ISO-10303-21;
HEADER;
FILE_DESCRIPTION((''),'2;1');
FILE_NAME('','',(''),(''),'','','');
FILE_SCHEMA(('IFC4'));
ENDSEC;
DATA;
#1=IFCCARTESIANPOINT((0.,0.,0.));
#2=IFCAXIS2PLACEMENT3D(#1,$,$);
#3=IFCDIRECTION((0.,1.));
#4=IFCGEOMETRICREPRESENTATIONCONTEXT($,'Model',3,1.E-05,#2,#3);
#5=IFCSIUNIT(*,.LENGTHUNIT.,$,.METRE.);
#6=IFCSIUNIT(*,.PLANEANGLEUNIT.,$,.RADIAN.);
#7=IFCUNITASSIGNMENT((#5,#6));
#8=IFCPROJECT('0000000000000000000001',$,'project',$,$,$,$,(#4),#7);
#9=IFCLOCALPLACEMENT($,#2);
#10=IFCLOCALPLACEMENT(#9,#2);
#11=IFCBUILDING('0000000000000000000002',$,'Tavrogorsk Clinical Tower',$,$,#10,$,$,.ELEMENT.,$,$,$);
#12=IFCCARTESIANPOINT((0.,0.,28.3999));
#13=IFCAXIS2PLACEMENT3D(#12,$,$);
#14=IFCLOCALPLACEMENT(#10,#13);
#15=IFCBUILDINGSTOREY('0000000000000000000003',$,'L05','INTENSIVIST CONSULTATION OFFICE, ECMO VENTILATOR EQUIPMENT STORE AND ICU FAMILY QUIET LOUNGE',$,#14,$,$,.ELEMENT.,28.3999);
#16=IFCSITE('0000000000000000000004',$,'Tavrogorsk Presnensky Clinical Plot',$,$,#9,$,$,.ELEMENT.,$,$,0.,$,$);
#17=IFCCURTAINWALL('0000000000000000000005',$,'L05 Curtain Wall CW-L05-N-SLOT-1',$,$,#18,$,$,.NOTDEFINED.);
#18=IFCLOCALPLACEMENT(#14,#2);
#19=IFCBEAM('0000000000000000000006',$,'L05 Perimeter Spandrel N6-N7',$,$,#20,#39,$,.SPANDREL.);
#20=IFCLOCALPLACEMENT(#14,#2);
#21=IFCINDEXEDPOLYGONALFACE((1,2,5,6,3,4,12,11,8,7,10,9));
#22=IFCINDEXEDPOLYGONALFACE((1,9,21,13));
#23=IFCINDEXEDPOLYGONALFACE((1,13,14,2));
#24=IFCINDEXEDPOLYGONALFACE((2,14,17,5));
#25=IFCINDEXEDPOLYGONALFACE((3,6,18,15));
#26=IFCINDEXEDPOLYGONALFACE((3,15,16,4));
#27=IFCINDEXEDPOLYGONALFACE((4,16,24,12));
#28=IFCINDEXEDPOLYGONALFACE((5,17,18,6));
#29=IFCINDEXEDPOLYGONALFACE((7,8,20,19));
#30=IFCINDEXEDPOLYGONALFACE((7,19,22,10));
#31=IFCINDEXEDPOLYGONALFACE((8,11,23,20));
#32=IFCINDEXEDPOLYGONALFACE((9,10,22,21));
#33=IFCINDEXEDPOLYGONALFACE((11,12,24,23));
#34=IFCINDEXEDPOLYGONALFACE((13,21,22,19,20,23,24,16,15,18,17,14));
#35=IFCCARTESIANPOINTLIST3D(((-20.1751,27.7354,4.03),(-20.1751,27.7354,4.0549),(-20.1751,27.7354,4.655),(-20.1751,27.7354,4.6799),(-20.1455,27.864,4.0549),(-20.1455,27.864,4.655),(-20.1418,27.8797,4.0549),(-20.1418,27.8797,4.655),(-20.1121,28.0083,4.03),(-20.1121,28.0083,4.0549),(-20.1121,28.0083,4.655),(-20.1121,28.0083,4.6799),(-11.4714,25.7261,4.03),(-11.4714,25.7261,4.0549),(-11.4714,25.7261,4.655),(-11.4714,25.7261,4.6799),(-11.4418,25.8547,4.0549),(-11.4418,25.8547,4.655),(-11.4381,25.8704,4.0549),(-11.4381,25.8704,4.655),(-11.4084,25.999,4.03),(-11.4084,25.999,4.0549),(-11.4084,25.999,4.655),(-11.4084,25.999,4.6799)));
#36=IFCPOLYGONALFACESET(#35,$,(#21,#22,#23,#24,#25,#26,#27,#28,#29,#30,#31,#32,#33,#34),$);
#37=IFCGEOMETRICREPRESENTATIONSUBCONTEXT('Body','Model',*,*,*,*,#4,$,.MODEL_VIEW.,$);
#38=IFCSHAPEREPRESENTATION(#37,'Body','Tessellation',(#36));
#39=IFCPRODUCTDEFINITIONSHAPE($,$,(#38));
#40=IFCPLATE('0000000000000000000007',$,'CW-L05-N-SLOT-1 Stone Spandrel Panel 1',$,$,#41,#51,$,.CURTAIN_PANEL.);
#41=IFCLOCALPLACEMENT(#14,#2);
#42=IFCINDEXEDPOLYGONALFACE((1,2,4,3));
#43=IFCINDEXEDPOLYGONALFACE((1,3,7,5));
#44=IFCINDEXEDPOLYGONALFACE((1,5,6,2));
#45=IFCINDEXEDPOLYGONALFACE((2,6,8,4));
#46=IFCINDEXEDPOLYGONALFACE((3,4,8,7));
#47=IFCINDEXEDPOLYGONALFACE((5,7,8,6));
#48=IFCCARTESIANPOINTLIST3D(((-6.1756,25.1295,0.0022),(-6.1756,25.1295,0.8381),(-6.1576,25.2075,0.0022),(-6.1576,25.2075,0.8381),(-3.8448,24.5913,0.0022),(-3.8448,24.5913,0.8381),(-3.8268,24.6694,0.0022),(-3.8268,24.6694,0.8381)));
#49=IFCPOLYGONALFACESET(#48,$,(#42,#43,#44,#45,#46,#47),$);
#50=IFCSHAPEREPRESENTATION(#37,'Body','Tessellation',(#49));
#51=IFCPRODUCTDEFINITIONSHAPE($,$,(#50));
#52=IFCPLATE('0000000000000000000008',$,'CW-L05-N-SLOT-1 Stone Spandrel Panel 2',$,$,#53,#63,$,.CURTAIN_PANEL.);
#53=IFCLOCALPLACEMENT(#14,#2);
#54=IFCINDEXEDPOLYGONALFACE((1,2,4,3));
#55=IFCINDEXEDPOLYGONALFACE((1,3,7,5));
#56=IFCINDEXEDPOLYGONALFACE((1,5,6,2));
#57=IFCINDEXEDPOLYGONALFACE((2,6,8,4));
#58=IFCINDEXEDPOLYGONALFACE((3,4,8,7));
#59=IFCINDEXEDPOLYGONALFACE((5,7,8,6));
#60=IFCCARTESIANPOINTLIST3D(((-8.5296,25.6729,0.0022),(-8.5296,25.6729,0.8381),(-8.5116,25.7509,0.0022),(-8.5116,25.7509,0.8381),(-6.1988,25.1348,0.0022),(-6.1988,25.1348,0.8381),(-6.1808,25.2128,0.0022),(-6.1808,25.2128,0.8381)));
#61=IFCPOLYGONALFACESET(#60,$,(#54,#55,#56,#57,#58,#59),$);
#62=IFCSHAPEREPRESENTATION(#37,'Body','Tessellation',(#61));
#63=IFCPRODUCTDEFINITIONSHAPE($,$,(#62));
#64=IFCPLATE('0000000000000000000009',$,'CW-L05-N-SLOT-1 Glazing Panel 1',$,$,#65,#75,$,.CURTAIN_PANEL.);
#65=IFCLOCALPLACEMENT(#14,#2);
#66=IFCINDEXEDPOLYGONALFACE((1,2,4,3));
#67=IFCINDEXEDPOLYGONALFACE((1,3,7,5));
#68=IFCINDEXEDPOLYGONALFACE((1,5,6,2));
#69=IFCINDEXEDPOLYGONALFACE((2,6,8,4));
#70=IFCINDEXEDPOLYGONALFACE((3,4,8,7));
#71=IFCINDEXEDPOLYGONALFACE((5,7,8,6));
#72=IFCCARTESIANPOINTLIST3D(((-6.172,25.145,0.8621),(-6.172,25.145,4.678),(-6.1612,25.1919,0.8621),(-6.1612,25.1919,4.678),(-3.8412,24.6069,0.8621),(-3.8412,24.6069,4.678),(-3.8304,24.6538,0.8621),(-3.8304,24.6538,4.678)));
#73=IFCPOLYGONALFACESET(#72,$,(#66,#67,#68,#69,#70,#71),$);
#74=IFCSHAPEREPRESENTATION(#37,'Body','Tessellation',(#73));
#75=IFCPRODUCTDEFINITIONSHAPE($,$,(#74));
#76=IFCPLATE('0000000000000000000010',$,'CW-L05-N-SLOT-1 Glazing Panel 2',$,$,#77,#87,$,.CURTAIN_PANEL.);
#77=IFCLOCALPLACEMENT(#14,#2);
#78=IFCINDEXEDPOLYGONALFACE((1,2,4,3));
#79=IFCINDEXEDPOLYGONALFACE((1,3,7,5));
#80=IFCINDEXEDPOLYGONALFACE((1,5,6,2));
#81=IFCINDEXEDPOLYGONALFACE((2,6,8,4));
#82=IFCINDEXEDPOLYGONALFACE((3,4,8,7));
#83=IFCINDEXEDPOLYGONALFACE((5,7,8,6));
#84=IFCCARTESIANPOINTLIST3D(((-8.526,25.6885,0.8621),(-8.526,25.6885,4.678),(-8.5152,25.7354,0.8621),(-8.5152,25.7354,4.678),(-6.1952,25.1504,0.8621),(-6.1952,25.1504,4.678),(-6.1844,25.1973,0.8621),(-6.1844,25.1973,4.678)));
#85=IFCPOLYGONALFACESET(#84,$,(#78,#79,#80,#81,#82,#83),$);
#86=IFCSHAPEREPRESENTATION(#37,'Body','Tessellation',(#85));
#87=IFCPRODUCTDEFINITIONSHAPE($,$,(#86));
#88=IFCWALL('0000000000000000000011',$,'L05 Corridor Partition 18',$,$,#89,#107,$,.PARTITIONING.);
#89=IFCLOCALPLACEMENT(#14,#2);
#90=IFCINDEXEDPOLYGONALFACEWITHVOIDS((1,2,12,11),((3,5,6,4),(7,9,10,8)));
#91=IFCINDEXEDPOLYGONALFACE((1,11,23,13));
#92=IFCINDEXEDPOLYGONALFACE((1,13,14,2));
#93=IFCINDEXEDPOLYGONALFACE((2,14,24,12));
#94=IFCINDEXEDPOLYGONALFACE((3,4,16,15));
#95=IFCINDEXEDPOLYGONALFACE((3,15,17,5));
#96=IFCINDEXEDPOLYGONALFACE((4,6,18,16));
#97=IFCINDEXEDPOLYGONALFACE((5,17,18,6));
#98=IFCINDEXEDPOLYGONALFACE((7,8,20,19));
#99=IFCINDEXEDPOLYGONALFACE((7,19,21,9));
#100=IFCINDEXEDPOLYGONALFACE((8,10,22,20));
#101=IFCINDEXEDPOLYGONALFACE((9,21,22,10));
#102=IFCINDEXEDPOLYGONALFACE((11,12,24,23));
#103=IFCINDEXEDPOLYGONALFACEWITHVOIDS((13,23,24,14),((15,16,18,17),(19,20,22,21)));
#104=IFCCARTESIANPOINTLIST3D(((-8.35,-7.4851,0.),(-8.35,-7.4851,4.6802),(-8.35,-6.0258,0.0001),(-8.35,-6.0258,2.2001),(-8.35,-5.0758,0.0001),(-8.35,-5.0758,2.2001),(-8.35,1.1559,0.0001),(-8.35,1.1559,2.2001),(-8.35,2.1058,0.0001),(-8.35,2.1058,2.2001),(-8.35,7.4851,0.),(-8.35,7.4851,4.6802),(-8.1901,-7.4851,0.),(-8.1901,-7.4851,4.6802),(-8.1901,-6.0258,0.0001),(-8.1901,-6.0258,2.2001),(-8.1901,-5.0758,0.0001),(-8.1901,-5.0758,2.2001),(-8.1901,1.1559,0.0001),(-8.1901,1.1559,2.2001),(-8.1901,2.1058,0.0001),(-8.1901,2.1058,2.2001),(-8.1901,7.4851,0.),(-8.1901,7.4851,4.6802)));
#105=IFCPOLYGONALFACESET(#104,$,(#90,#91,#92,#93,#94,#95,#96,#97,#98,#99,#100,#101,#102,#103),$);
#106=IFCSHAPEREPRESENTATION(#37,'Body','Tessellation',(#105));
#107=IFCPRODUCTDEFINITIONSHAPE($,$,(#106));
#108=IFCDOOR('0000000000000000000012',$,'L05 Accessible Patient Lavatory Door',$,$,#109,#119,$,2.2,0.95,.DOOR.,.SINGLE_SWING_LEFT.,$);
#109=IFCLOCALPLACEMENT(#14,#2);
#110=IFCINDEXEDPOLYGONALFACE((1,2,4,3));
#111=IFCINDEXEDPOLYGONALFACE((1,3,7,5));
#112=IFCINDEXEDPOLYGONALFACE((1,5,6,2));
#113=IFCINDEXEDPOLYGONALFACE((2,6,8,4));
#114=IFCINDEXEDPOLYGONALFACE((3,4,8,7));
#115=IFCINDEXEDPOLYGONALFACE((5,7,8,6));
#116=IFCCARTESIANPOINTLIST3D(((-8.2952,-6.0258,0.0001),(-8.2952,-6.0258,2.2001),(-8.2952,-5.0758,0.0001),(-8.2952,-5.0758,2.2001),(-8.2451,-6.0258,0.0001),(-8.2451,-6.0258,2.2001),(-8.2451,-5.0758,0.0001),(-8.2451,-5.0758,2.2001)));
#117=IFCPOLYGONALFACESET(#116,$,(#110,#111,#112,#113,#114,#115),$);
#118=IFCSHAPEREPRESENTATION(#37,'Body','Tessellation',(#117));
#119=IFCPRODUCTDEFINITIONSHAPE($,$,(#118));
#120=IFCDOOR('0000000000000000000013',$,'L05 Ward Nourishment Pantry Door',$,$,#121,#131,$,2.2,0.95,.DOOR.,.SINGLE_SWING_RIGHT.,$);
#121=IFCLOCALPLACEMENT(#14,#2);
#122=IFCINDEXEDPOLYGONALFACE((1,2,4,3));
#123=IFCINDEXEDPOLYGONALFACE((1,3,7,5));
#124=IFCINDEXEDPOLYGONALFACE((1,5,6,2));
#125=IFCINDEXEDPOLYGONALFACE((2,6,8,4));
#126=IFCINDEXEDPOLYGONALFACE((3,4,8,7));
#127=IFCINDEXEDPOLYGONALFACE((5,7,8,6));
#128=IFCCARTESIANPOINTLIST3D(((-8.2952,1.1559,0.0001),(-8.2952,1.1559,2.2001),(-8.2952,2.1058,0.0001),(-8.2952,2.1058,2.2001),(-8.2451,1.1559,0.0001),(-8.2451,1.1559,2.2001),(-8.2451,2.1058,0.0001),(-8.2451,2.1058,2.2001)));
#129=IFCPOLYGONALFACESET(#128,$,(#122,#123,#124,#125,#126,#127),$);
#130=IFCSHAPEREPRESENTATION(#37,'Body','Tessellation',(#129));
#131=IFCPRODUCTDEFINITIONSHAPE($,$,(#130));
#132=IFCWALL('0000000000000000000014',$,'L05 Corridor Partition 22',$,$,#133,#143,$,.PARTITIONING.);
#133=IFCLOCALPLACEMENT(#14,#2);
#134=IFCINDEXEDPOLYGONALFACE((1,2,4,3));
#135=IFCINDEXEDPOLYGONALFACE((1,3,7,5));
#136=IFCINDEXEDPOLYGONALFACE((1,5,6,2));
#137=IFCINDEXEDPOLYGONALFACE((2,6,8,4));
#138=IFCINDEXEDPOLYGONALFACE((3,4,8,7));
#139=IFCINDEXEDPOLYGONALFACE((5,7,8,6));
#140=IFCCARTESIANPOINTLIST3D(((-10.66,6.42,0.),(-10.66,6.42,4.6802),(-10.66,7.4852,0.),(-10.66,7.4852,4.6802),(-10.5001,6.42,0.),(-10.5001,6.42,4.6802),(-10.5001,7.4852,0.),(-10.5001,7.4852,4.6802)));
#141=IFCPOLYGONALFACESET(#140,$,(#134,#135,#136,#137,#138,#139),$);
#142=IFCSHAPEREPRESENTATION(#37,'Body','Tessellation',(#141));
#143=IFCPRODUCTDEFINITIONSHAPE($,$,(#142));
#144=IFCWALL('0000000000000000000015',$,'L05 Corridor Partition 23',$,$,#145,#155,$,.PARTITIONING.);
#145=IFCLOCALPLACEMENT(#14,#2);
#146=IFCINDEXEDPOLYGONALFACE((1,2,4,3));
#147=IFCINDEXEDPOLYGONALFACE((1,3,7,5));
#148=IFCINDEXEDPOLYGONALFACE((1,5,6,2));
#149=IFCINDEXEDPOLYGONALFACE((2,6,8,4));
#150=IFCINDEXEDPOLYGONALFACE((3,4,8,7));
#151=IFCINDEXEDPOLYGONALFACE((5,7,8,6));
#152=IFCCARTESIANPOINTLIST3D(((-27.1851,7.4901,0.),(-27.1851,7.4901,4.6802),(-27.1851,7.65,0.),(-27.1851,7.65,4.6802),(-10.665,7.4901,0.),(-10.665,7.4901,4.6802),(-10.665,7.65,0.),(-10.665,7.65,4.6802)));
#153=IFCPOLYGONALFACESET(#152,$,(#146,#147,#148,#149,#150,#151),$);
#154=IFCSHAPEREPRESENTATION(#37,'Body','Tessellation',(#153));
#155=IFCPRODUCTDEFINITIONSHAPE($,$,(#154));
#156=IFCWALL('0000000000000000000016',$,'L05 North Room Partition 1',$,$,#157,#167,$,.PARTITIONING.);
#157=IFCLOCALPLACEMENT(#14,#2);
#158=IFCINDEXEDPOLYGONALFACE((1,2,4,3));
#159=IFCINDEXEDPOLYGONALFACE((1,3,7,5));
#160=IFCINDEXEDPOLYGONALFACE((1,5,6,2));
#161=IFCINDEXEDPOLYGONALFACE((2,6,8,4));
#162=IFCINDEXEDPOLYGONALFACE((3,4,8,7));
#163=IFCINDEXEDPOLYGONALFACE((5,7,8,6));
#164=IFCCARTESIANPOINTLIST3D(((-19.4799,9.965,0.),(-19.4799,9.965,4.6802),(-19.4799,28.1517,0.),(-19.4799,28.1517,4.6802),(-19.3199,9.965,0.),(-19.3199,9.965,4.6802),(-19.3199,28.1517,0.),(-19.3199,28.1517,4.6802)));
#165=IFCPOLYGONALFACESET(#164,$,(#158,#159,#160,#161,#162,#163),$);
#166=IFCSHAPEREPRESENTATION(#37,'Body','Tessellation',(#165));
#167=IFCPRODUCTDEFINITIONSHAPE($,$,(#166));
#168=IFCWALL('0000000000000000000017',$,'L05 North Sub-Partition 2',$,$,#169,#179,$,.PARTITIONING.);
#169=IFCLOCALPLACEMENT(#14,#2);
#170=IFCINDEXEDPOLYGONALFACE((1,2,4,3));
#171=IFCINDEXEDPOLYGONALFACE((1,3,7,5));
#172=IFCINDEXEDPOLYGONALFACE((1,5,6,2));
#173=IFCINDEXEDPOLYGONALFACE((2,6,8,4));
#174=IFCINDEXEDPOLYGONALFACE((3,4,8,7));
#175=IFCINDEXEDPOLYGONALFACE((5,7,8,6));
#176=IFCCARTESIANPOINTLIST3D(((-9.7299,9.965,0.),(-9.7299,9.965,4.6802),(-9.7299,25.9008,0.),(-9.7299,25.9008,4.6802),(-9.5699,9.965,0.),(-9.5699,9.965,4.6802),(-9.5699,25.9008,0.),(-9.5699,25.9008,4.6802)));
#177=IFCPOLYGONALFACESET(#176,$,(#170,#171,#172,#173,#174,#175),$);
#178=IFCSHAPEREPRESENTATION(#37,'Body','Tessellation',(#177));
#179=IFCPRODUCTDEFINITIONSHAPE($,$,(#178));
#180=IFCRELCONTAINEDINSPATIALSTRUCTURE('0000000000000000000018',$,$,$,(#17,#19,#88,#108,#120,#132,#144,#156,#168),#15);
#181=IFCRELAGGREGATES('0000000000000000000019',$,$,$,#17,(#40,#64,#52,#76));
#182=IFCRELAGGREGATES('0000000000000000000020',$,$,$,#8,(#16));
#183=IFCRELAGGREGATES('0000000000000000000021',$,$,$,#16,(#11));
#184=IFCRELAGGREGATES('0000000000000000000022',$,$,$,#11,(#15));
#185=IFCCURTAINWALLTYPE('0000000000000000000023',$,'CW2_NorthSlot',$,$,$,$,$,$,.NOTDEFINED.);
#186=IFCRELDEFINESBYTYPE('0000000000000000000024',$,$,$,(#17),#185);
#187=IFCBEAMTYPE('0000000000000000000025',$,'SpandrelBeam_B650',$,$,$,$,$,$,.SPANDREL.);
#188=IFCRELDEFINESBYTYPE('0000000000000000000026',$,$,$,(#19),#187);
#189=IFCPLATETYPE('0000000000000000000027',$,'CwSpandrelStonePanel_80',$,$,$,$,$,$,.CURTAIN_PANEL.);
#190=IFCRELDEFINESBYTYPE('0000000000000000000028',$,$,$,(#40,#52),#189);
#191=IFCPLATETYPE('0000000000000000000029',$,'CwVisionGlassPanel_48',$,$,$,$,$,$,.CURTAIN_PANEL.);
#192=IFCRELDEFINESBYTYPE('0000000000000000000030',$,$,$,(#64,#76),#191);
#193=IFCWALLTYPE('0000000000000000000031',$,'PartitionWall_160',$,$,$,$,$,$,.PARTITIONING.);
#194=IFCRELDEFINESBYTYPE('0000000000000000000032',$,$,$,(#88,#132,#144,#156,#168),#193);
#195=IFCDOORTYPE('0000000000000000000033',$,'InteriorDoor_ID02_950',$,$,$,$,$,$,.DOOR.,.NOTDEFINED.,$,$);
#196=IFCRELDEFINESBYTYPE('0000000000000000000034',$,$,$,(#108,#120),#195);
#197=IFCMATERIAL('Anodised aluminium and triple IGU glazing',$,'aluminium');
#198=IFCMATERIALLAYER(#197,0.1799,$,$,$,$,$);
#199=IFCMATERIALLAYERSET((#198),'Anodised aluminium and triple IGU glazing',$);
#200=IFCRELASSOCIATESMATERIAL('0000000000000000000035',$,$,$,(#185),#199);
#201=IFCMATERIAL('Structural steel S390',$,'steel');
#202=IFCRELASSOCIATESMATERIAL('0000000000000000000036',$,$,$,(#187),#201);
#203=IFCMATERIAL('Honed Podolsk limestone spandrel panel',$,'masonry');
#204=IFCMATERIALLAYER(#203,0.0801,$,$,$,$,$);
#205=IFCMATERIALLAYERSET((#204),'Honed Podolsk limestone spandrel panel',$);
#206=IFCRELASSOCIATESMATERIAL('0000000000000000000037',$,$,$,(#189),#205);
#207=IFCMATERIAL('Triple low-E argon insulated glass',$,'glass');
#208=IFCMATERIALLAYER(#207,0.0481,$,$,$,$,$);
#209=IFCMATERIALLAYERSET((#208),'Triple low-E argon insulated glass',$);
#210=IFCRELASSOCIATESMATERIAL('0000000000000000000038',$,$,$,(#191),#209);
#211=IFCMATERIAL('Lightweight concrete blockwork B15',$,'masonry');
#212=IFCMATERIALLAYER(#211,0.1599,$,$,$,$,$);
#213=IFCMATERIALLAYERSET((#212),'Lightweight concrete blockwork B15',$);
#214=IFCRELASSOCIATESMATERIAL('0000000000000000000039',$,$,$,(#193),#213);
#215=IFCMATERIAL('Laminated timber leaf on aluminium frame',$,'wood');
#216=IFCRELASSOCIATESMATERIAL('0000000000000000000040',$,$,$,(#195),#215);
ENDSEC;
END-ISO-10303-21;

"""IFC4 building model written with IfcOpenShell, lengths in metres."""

from ifc_helpers import new_model, si_unit, direction, frame, frame_2d, origin, origin_2d, place, context, subcontext, project, spatial, rectangle, i_section, extrude, material, layer, layer_set, material_profile, profile_set, type_object, element, fill, aggregate, save


model = new_model("IFC4")

# Units and contexts
model_context = context("Model", 3, precision=1e-05, world=origin(), true_north=direction((0.0, 1.0)))
body_context = subcontext(model_context, "Body", "Model", "MODEL_VIEW")
ifc_project = project(units=[si_unit("LENGTHUNIT", "METRE"), si_unit("PLANEANGLEUNIT", "RADIAN")], contexts=[model_context])

# Site, building, storey
site_placement = place(None, origin())
site = spatial("IfcSite", under=ifc_project, at=site_placement, Name="Tavrogorsk Presnensky Clinical Plot", CompositionType="ELEMENT", RefElevation=0.0)
building_placement = place(site_placement, origin())
building = spatial("IfcBuilding", under=site, at=building_placement, Name="Tavrogorsk Clinical Tower", CompositionType="ELEMENT")
storey_placement = place(building_placement, frame((0.0, 0.0, 28.3999)))
storey = spatial("IfcBuildingStorey", under=building, at=storey_placement, Name="L05", Description="INTENSIVIST CONSULTATION OFFICE, ECMO VENTILATOR EQUIPMENT STORE AND ICU FAMILY QUIET LOUNGE", CompositionType="ELEMENT", Elevation=28.3999)

# Curtain wall
ifc_material_1 = material(Name="Anodised aluminium and triple IGU glazing", Category="aluminium")
ifc_layer_1 = layer(ifc_material_1, 0.1799)
ifc_layer_set_1 = layer_set([ifc_layer_1], Name="Anodised aluminium and triple IGU glazing")
curtain_wall_type = type_object("IfcCurtainWallType", Name="CW2_NorthSlot", PredefinedType="NOTDEFINED", material=ifc_layer_set_1)
curtain_wall_placement = place(storey_placement, origin())
curtain_wall = element("IfcCurtainWall", 1, at=curtain_wall_placement, inside=storey, type_object=curtain_wall_type, Name="L05 Curtain Wall CW-L05-N-SLOT-1", PredefinedType="NOTDEFINED")

# Beam
ifc_material_2 = material(Name="Structural steel S390", Category="steel")
ifc_material_profile_1 = material_profile(ifc_material_2, i_section(OverallWidth=0.28, OverallDepth=0.6499, WebThickness=0.0161, FlangeThickness=0.0249, at=origin_2d()), Name="B-650x280x16x25")
ifc_profile_set_1 = profile_set([ifc_material_profile_1], Name="Structural steel S390")
beam_type_1 = type_object("IfcBeamType", Name="SpandrelBeam_B650", PredefinedType="SPANDREL", material=ifc_profile_set_1)
beam_1_placement = place(storey_placement, frame((-11.4399, 25.8625, 4.355), z_axis=(-0.974373, 0.224939, 0.0), x_axis=(-0.224939, -0.974373, 0.0)))
element("IfcBeam", 2, at=beam_1_placement, inside=storey, type_object=beam_type_1, Name="L05 Perimeter Spandrel N6-N7", PredefinedType="SPANDREL", context=body_context, shape_type="SweptSolid", body=[
    extrude(i_section(OverallWidth=0.28, OverallDepth=0.6499, WebThickness=0.0161, FlangeThickness=0.0249, at=origin_2d()), origin(), (0.0, 0.0, 1.0), 8.9326),
])

# Plates
ifc_material_3 = material(Name="Honed Podolsk limestone spandrel panel", Category="masonry")
ifc_layer_2 = layer(ifc_material_3, 0.0801)
ifc_layer_set_2 = layer_set([ifc_layer_2], Name="Honed Podolsk limestone spandrel panel")
plate_type_1 = type_object("IfcPlateType", Name="CwSpandrelStonePanel_80", PredefinedType="CURTAIN_PANEL", material=ifc_layer_set_2)
plate_1_placement = place(storey_placement, frame((-5.0012, 24.8994, 0.0022), z_axis=(0.0, 0.0, 1.0), x_axis=(-0.97437, 0.224951, 0.0)))
plate_1 = element("IfcPlate", 3, at=plate_1_placement, type_object=plate_type_1, Name="CW-L05-N-SLOT-1 Stone Spandrel Panel 1", PredefinedType="CURTAIN_PANEL", context=body_context, shape_type="SweptSolid", body=[
    extrude(rectangle(XDim=2.3921, YDim=0.0801, at=origin_2d()), origin(), (0.0, 0.0, 1.0), 0.8359),
])
plate_2_placement = place(storey_placement, frame((-7.3552, 25.4429, 0.0022), z_axis=(0.0, 0.0, 1.0), x_axis=(-0.97437, 0.224951, 0.0)))
plate_2 = element("IfcPlate", 4, at=plate_2_placement, type_object=plate_type_1, Name="CW-L05-N-SLOT-1 Stone Spandrel Panel 2", PredefinedType="CURTAIN_PANEL", context=body_context, shape_type="SweptSolid", body=[
    extrude(rectangle(XDim=2.3921, YDim=0.0801, at=origin_2d()), origin(), (0.0, 0.0, 1.0), 0.8359),
])
ifc_material_4 = material(Name="Triple low-E argon insulated glass", Category="glass")
ifc_layer_3 = layer(ifc_material_4, 0.0481)
ifc_layer_set_3 = layer_set([ifc_layer_3], Name="Triple low-E argon insulated glass")
plate_type_2 = type_object("IfcPlateType", Name="CwVisionGlassPanel_48", PredefinedType="CURTAIN_PANEL", material=ifc_layer_set_3)
plate_3_placement = place(storey_placement, frame((-5.0012, 24.8994, 0.8621), z_axis=(0.0, 0.0, 1.0), x_axis=(-0.97437, 0.224951, 0.0)))
plate_3 = element("IfcPlate", 5, at=plate_3_placement, type_object=plate_type_2, Name="CW-L05-N-SLOT-1 Glazing Panel 1", PredefinedType="CURTAIN_PANEL", context=body_context, shape_type="SweptSolid", body=[
    extrude(rectangle(XDim=2.3921, YDim=0.0481, at=origin_2d()), origin(), (0.0, 0.0, 1.0), 3.8159),
])
plate_4_placement = place(storey_placement, frame((-7.3552, 25.4429, 0.8621), z_axis=(0.0, 0.0, 1.0), x_axis=(-0.97437, 0.224951, 0.0)))
plate_4 = element("IfcPlate", 6, at=plate_4_placement, type_object=plate_type_2, Name="CW-L05-N-SLOT-1 Glazing Panel 2", PredefinedType="CURTAIN_PANEL", context=body_context, shape_type="SweptSolid", body=[
    extrude(rectangle(XDim=2.3921, YDim=0.0481, at=origin_2d()), origin(), (0.0, 0.0, 1.0), 3.8159),
])
aggregate(curtain_wall, [plate_1, plate_3, plate_2, plate_4])

# Wall, openings, doors
ifc_material_5 = material(Name="Lightweight concrete blockwork B15", Category="masonry")
ifc_layer_4 = layer(ifc_material_5, 0.1599)
ifc_layer_set_4 = layer_set([ifc_layer_4], Name="Lightweight concrete blockwork B15")
wall_type_1 = type_object("IfcWallType", Name="PartitionWall_160", PredefinedType="PARTITIONING", material=ifc_layer_set_4)
wall_1_placement = place(storey_placement, frame((-8.27, 7.4851, 0.0), z_axis=(0.0, 0.0, 1.0), x_axis=(0.0, -1.0, 0.0)))
wall_1 = element("IfcWall", 7, at=wall_1_placement, inside=storey, type_object=wall_type_1, Name="L05 Corridor Partition 18", PredefinedType="PARTITIONING", context=body_context, shape_type="SweptSolid", body=[
    extrude(rectangle(XDim=14.9702, YDim=0.1599, at=frame_2d((7.4851, 0.0))), origin(), (0.0, 0.0, 1.0), 4.6802),
])
opening_1_placement = place(wall_1_placement, frame((12.5608, 0.0, 0.0)))
opening_1 = element("IfcOpeningElement", 8, at=opening_1_placement, cuts=wall_1, PredefinedType="OPENING", context=body_context, shape_type="SweptSolid", body=[
    extrude(rectangle(XDim=0.95, YDim=2.2, at=frame_2d((0.4751, 1.1001))), frame((0.0, 0.0898, 0.0), z_axis=(0.0, -1.0, 0.0), x_axis=(1.0, 0.0, 0.0)), (0.0, 0.0, 1.0), 0.1799),
])
opening_2_placement = place(wall_1_placement, frame((5.3792, 0.0, 0.0)))
opening_2 = element("IfcOpeningElement", 9, at=opening_2_placement, cuts=wall_1, PredefinedType="OPENING", context=body_context, shape_type="SweptSolid", body=[
    extrude(rectangle(XDim=0.95, YDim=2.2, at=frame_2d((0.4751, 1.1001))), frame((0.0, 0.0898, 0.0), z_axis=(0.0, -1.0, 0.0), x_axis=(1.0, 0.0, 0.0)), (0.0, 0.0, 1.0), 0.1799),
])
ifc_material_6 = material(Name="Laminated timber leaf on aluminium frame", Category="wood")
door_type = type_object("IfcDoorType", Name="InteriorDoor_ID02_950", OperationType="NOTDEFINED", PredefinedType="DOOR", material=ifc_material_6)
door_1_placement = place(opening_1_placement, origin())
door_1 = element("IfcDoor", 10, at=door_1_placement, inside=storey, type_object=door_type, Name="L05 Accessible Patient Lavatory Door", OperationType="SINGLE_SWING_LEFT", OverallHeight=2.2, OverallWidth=0.95, PredefinedType="DOOR", context=body_context, shape_type="SweptSolid", body=[
    extrude(rectangle(XDim=0.95, YDim=2.2, at=frame_2d((0.4751, 1.1001))), frame((0.0, 0.0249, 0.0), z_axis=(0.0, -1.0, 0.0), x_axis=(1.0, 0.0, 0.0)), (0.0, 0.0, 1.0), 0.05),
])
fill(opening_1, door_1)
door_2_placement = place(opening_2_placement, origin())
door_2 = element("IfcDoor", 11, at=door_2_placement, inside=storey, type_object=door_type, Name="L05 Ward Nourishment Pantry Door", OperationType="SINGLE_SWING_RIGHT", OverallHeight=2.2, OverallWidth=0.95, PredefinedType="DOOR", context=body_context, shape_type="SweptSolid", body=[
    extrude(rectangle(XDim=0.95, YDim=2.2, at=frame_2d((0.4751, 1.1001))), frame((0.0, 0.0249, 0.0), z_axis=(0.0, -1.0, 0.0), x_axis=(1.0, 0.0, 0.0)), (0.0, 0.0, 1.0), 0.05),
])
fill(opening_2, door_2)

# Walls
wall_2_placement = place(storey_placement, frame((-10.5801, 6.4199, 0.0), z_axis=(0.0, 0.0, 1.0), x_axis=(0.0, 1.0, 0.0)))
element("IfcWall", 12, at=wall_2_placement, inside=storey, type_object=wall_type_1, Name="L05 Corridor Partition 22", PredefinedType="PARTITIONING", context=body_context, shape_type="SweptSolid", body=[
    extrude(rectangle(XDim=1.0652, YDim=0.1599, at=frame_2d((0.5327, 0.0))), origin(), (0.0, 0.0, 1.0), 4.6802),
])
wall_3_placement = place(storey_placement, frame((-10.665, 7.5701, 0.0), z_axis=(0.0, 0.0, 1.0), x_axis=(-1.0, 0.0, 0.0)))
element("IfcWall", 13, at=wall_3_placement, inside=storey, type_object=wall_type_1, Name="L05 Corridor Partition 23", PredefinedType="PARTITIONING", context=body_context, shape_type="SweptSolid", body=[
    extrude(rectangle(XDim=16.52, YDim=0.1599, at=frame_2d((8.26, 0.0))), origin(), (0.0, 0.0, 1.0), 4.6802),
])
wall_4_placement = place(storey_placement, frame((-19.3999, 9.9651, 0.0), z_axis=(0.0, 0.0, 1.0), x_axis=(0.0, 1.0, 0.0)))
element("IfcWall", 14, at=wall_4_placement, inside=storey, type_object=wall_type_1, Name="L05 North Room Partition 1", PredefinedType="PARTITIONING", context=body_context, shape_type="SweptSolid", body=[
    extrude(rectangle(XDim=18.1868, YDim=0.1599, at=frame_2d((9.0933, 0.0))), origin(), (0.0, 0.0, 1.0), 4.6802),
])
wall_5_placement = place(storey_placement, frame((-9.6499, 9.9651, 0.0), z_axis=(0.0, 0.0, 1.0), x_axis=(0.0, 1.0, 0.0)))
element("IfcWall", 15, at=wall_5_placement, inside=storey, type_object=wall_type_1, Name="L05 North Sub-Partition 2", PredefinedType="PARTITIONING", context=body_context, shape_type="SweptSolid", body=[
    extrude(rectangle(XDim=15.9358, YDim=0.1599, at=frame_2d((7.9678, 0.0))), origin(), (0.0, 0.0, 1.0), 4.6802),
])

save(model, "model.ifc")
